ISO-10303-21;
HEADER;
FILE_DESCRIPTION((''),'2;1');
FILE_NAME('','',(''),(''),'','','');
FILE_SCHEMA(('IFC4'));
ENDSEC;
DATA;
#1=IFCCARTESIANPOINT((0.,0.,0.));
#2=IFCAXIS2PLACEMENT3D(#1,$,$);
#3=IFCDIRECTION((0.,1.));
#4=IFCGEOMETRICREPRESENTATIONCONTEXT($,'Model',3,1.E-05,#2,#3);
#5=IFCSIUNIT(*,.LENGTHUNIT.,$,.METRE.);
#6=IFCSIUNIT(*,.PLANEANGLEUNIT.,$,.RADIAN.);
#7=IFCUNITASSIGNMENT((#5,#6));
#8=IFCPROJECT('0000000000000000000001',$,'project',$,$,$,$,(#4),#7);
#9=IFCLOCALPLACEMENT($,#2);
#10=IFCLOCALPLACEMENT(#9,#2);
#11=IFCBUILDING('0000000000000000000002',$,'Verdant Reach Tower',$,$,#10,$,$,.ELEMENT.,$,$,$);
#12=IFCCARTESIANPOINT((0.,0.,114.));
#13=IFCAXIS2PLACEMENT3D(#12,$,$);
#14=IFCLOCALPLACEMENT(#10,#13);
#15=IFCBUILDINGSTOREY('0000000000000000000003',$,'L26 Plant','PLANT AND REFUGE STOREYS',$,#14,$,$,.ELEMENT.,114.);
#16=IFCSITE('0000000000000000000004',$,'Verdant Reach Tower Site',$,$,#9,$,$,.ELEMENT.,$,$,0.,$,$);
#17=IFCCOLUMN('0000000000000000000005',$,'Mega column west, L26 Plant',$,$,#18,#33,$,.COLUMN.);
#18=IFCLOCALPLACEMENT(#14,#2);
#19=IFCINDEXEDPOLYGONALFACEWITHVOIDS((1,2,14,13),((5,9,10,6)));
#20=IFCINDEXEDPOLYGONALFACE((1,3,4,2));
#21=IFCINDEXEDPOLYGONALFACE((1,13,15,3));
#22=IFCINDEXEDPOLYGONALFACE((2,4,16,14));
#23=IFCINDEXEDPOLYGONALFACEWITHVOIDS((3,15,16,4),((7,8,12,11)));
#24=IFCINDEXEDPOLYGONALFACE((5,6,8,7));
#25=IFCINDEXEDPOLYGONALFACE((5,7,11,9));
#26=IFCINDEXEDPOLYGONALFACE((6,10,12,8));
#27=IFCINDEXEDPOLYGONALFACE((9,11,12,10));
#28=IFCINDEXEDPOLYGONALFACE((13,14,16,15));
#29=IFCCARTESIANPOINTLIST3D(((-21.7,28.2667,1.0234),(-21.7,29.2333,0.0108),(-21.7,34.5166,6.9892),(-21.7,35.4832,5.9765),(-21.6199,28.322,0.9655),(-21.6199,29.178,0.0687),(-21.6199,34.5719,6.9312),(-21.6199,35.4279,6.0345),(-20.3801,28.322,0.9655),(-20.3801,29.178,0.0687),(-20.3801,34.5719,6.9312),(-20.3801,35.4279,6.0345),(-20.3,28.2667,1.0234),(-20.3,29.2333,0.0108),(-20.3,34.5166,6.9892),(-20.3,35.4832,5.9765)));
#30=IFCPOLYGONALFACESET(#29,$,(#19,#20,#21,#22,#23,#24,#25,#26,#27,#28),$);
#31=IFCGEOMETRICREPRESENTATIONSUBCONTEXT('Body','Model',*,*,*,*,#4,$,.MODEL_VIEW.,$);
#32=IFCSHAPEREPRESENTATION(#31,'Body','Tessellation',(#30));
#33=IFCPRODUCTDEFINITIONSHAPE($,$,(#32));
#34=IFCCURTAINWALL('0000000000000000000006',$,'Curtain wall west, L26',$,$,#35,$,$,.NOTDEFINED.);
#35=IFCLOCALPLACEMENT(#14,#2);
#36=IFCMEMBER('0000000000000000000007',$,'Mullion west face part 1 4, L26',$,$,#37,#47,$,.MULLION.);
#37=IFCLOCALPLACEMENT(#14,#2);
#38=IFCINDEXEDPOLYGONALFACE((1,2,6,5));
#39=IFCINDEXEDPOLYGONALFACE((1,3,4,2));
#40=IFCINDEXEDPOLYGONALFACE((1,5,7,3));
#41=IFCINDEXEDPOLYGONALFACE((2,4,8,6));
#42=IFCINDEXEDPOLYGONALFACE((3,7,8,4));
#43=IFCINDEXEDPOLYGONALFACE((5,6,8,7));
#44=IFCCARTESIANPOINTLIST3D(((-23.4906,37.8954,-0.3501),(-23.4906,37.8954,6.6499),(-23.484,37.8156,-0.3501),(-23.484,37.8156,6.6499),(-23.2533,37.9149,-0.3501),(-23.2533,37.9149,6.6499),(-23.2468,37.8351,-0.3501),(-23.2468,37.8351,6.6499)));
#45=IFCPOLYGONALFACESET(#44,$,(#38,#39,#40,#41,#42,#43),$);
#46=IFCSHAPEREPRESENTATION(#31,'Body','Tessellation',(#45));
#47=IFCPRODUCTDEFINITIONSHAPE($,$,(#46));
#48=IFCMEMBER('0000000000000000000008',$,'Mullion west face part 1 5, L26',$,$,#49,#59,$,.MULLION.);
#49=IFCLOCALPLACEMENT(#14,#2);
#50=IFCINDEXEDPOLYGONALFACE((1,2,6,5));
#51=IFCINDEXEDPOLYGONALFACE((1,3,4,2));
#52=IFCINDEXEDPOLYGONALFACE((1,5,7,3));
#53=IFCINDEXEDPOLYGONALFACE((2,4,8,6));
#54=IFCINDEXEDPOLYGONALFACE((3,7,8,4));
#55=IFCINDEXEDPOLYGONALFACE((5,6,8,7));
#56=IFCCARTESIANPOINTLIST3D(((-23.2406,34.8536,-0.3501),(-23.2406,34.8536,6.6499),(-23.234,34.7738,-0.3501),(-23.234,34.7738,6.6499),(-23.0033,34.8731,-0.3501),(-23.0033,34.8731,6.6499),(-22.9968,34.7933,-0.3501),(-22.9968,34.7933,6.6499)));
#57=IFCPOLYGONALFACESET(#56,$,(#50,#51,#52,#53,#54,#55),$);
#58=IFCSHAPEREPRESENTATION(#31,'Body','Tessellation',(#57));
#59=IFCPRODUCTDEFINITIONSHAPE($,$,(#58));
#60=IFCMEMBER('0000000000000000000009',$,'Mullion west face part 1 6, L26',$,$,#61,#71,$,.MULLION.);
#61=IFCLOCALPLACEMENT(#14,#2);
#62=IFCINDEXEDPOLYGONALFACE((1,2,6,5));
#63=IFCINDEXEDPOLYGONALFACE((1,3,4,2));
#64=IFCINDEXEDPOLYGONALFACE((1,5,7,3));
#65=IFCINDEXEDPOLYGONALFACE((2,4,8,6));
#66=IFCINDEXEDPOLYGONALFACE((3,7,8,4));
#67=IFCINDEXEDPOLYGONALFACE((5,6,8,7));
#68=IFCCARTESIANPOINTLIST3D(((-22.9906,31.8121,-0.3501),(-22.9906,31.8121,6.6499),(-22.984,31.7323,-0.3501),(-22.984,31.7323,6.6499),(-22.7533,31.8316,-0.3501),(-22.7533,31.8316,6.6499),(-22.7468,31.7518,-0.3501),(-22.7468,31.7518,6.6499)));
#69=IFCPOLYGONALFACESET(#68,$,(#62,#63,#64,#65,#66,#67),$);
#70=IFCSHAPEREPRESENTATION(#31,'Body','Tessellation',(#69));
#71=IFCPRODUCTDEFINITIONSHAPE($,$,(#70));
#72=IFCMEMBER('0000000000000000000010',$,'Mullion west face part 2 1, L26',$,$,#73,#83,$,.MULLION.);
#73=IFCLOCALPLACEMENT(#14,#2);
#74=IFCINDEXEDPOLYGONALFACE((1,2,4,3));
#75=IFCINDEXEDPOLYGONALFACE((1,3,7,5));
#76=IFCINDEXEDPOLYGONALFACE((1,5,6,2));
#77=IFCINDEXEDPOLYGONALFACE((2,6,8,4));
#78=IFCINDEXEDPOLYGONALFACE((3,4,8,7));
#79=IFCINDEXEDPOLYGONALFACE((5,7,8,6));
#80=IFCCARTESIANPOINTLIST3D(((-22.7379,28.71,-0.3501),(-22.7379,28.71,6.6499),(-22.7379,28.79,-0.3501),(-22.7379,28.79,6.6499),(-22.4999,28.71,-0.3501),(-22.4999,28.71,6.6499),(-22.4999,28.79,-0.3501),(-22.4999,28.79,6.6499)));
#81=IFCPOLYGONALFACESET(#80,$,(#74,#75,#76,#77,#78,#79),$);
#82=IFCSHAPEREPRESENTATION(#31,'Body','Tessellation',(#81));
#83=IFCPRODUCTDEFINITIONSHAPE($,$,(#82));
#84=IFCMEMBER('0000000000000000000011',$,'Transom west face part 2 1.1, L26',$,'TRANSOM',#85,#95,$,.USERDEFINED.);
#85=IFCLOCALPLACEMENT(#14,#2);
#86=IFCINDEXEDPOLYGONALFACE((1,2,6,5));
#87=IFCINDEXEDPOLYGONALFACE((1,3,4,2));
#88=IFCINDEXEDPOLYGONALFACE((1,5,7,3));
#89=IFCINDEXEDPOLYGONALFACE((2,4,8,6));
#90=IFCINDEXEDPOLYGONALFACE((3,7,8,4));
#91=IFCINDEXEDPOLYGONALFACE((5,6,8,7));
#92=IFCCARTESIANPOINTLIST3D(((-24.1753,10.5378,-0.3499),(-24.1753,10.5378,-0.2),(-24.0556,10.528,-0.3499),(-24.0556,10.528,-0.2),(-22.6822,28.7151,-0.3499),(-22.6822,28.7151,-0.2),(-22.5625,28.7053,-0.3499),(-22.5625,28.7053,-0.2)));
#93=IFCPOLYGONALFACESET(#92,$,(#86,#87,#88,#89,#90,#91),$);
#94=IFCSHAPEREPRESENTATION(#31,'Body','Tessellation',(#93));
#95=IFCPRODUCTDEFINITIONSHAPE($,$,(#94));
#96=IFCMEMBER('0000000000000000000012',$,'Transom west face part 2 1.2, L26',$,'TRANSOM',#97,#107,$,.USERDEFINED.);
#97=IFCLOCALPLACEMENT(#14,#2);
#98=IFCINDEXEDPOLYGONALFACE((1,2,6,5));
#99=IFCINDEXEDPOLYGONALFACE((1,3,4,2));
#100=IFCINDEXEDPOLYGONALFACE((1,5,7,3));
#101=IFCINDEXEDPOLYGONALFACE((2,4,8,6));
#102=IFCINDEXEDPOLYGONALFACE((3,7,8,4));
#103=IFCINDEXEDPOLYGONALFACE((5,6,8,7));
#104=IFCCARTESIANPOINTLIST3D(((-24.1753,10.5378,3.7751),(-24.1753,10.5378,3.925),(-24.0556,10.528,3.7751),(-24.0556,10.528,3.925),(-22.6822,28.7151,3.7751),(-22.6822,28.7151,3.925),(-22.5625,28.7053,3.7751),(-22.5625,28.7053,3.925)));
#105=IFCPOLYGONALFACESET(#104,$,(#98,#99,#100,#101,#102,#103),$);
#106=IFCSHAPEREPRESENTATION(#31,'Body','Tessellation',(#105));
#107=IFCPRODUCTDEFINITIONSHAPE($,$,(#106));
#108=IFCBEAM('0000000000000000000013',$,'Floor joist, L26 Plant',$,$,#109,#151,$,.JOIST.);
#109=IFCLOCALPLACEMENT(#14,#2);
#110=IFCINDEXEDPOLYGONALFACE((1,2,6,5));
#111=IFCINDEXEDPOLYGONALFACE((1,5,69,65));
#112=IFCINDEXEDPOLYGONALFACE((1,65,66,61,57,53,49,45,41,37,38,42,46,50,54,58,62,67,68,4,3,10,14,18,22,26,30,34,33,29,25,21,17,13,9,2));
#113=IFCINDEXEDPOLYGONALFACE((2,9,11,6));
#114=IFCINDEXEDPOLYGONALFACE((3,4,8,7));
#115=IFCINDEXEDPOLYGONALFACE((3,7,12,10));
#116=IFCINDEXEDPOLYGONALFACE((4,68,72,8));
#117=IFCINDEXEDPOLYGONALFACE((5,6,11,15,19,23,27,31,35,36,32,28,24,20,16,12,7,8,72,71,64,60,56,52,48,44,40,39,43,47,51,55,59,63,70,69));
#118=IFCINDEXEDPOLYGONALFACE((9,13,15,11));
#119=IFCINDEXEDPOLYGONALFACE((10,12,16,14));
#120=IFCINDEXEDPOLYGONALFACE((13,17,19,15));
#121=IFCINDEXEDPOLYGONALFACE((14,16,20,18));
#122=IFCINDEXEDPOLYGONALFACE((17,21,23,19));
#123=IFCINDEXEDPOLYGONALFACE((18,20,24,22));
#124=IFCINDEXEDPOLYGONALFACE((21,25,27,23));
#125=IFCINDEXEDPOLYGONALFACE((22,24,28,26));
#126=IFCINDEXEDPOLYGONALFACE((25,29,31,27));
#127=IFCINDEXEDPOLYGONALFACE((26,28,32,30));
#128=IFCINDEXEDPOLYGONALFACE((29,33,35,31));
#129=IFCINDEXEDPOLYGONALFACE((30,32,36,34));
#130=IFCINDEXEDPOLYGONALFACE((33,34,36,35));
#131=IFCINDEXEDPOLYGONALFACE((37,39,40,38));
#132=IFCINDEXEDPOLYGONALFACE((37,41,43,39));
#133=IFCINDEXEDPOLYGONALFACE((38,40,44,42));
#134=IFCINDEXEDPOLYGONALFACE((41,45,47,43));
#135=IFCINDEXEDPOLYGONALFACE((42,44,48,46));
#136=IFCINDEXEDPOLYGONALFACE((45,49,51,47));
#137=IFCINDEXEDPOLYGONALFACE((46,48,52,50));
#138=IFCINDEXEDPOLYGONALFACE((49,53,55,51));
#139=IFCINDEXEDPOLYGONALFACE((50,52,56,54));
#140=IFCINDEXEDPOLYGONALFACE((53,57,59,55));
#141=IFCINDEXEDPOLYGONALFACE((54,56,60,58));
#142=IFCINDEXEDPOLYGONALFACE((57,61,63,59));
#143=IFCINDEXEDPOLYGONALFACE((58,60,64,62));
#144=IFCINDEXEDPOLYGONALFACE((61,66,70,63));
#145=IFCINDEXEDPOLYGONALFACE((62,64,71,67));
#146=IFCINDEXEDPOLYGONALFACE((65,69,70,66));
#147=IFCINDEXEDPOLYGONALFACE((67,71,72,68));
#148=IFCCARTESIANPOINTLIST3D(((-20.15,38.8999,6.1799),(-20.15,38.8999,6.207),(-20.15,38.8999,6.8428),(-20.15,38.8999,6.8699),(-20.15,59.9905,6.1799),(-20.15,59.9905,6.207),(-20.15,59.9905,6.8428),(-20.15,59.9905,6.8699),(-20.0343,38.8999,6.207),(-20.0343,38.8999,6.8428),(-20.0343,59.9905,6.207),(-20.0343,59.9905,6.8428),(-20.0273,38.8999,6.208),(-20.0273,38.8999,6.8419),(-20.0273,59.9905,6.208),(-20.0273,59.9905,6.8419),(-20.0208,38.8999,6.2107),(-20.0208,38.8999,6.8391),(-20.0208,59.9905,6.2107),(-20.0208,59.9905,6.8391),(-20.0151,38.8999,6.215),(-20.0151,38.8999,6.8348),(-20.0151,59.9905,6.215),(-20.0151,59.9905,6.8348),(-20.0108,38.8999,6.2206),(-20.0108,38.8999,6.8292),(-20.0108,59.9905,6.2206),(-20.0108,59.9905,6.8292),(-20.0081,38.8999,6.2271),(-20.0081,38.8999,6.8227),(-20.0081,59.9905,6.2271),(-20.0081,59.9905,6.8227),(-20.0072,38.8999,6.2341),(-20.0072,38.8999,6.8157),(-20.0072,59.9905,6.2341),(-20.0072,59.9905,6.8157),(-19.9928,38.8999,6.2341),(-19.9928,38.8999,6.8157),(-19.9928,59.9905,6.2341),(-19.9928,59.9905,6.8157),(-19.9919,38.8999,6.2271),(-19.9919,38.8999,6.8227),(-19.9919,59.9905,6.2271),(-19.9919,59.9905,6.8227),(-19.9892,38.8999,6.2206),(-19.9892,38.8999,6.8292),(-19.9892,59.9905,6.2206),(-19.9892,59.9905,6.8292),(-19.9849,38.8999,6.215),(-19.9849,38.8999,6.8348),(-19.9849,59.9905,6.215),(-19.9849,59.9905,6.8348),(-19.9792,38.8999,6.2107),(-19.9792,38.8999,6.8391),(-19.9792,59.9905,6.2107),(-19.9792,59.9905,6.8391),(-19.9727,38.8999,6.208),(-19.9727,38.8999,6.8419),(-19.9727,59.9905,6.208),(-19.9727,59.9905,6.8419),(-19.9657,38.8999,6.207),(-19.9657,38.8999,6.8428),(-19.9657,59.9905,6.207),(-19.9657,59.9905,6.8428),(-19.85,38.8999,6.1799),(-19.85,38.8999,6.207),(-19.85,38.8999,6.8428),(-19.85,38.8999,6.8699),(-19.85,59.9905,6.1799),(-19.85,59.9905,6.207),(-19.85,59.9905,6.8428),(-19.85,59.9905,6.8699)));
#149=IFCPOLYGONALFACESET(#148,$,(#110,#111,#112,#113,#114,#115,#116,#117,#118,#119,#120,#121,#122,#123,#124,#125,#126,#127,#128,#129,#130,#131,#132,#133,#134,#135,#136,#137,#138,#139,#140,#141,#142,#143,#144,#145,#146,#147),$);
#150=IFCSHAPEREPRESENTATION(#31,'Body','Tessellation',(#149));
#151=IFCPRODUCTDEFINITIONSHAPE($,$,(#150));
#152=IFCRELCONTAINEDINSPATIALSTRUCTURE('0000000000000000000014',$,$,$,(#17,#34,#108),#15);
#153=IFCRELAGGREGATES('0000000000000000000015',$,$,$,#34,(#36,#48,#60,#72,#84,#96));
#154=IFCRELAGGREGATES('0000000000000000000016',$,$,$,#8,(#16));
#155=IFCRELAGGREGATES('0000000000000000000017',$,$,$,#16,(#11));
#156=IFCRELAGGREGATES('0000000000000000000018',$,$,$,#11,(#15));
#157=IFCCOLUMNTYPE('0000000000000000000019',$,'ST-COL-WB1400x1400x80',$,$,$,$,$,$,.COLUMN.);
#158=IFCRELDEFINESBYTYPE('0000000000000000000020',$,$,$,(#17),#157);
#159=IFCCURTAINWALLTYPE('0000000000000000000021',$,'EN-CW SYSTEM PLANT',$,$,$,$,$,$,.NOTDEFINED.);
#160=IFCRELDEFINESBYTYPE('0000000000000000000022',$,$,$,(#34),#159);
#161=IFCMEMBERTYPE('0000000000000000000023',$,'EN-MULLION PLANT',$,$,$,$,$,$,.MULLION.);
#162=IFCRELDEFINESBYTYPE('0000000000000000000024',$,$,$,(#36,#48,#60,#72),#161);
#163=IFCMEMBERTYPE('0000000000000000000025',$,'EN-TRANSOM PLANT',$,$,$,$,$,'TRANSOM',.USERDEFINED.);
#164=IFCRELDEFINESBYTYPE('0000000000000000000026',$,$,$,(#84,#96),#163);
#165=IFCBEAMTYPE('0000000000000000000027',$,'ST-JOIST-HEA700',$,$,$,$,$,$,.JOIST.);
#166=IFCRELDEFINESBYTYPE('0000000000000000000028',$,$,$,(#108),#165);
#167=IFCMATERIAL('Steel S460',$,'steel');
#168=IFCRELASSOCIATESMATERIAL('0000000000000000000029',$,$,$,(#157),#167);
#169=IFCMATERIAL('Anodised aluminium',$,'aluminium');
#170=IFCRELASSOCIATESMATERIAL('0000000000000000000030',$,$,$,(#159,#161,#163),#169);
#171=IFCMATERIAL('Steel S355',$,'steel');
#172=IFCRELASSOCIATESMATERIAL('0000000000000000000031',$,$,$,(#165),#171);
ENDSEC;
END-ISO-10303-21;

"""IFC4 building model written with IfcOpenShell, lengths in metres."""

from ifc_helpers import new_model, si_unit, direction, frame, origin, origin_2d, place, context, subcontext, project, spatial, rectangle, hollow_rectangle, i_section, extrude, material, material_profile, profile_set, type_object, element, aggregate, save


model = new_model("IFC4")

# Units and contexts
model_context = context("Model", 3, precision=1e-05, world=origin(), true_north=direction((0.0, 1.0)))
body_context = subcontext(model_context, "Body", "Model", "MODEL_VIEW")
ifc_project = project(units=[si_unit("LENGTHUNIT", "METRE"), si_unit("PLANEANGLEUNIT", "RADIAN")], contexts=[model_context])

# Site, building, storey
site_placement = place(None, origin())
site = spatial("IfcSite", under=ifc_project, at=site_placement, Name="Verdant Reach Tower Site", CompositionType="ELEMENT", RefElevation=0.0)
building_placement = place(site_placement, origin())
building = spatial("IfcBuilding", under=site, at=building_placement, Name="Verdant Reach Tower", CompositionType="ELEMENT")
storey_placement = place(building_placement, frame((0.0, 0.0, 114.0)))
storey = spatial("IfcBuildingStorey", under=building, at=storey_placement, Name="L26 Plant", Description="PLANT AND REFUGE STOREYS", CompositionType="ELEMENT", Elevation=114.0)

# Column
ifc_material_1 = material(Name="Steel S460", Category="steel")
ifc_material_profile_1 = material_profile(ifc_material_1, hollow_rectangle(XDim=1.3999, YDim=1.3999, WallThickness=0.0801, at=origin_2d()), Name="WB 1400x1400x80")
ifc_profile_set_1 = profile_set([ifc_material_profile_1], Name="Steel S460")
column_type = type_object("IfcColumnType", Name="ST-COL-WB1400x1400x80", PredefinedType="COLUMN", material=ifc_profile_set_1)
column_placement = place(storey_placement, frame((-21.0, 28.75, 0.5171), z_axis=(0.0, 0.723361, 0.69047), x_axis=(-1.0, 0.0, 0.0)))
element("IfcColumn", 1, at=column_placement, inside=storey, type_object=column_type, Name="Mega column west, L26 Plant", PredefinedType="COLUMN", context=body_context, shape_type="SweptSolid", body=[
    extrude(hollow_rectangle(XDim=1.3999, YDim=1.3999, WallThickness=0.0801, at=origin_2d()), origin(), (0.0, 0.0, 1.0), 8.6401),
])

# Curtain wall, members
ifc_material_2 = material(Name="Anodised aluminium", Category="aluminium")
curtain_wall_type = type_object("IfcCurtainWallType", Name="EN-CW SYSTEM PLANT", PredefinedType="NOTDEFINED", material=ifc_material_2)
curtain_wall_placement = place(storey_placement, origin())
curtain_wall = element("IfcCurtainWall", 2, at=curtain_wall_placement, inside=storey, type_object=curtain_wall_type, Name="Curtain wall west, L26", PredefinedType="NOTDEFINED")
ifc_material_profile_2 = material_profile(ifc_material_2, rectangle(XDim=0.238, YDim=0.0801, at=origin_2d()), Name="Mullion 80x240")
ifc_profile_set_2 = profile_set([ifc_material_profile_2], Name="Anodised aluminium")
member_type_1 = type_object("IfcMemberType", Name="EN-MULLION PLANT", PredefinedType="MULLION", material=ifc_profile_set_2)
member_1_placement = place(storey_placement, frame((-23.3687, 37.8652, -0.3501), z_axis=(0.0, 0.0, 1.0), x_axis=(-0.996639, -0.081916, 0.0)))
member_1 = element("IfcMember", 3, at=member_1_placement, type_object=member_type_1, Name="Mullion west face part 1 4, L26", PredefinedType="MULLION", context=body_context, shape_type="SweptSolid", body=[
    extrude(rectangle(XDim=0.238, YDim=0.0801, at=origin_2d()), origin(), (0.0, 0.0, 1.0), 7.0),
])
member_2_placement = place(storey_placement, frame((-23.1187, 34.8235, -0.3501), z_axis=(0.0, 0.0, 1.0), x_axis=(-0.996639, -0.081916, 0.0)))
member_2 = element("IfcMember", 4, at=member_2_placement, type_object=member_type_1, Name="Mullion west face part 1 5, L26", PredefinedType="MULLION", context=body_context, shape_type="SweptSolid", body=[
    extrude(rectangle(XDim=0.238, YDim=0.0801, at=origin_2d()), origin(), (0.0, 0.0, 1.0), 7.0),
])
member_3_placement = place(storey_placement, frame((-22.8687, 31.782, -0.3501), z_axis=(0.0, 0.0, 1.0), x_axis=(-0.996639, -0.081916, 0.0)))
member_3 = element("IfcMember", 5, at=member_3_placement, type_object=member_type_1, Name="Mullion west face part 1 6, L26", PredefinedType="MULLION", context=body_context, shape_type="SweptSolid", body=[
    extrude(rectangle(XDim=0.238, YDim=0.0801, at=origin_2d()), origin(), (0.0, 0.0, 1.0), 7.0),
])
member_4_placement = place(storey_placement, frame((-22.6189, 28.75, -0.3501), z_axis=(0.0, 0.0, 1.0), x_axis=(-1.0, 0.0, 0.0)))
member_4 = element("IfcMember", 6, at=member_4_placement, type_object=member_type_1, Name="Mullion west face part 2 1, L26", PredefinedType="MULLION", context=body_context, shape_type="SweptSolid", body=[
    extrude(rectangle(XDim=0.238, YDim=0.0801, at=origin_2d()), origin(), (0.0, 0.0, 1.0), 7.0),
])
ifc_material_profile_3 = material_profile(ifc_material_2, rectangle(XDim=0.1201, YDim=0.1499, at=origin_2d()), Name="Transom 150x120")
ifc_profile_set_3 = profile_set([ifc_material_profile_3], Name="Anodised aluminium")
member_type_2 = type_object("IfcMemberType", Name="EN-TRANSOM PLANT", ElementType="TRANSOM", PredefinedType="USERDEFINED", material=ifc_profile_set_3)
member_5_placement = place(storey_placement, frame((-22.6223, 28.7102, -0.2749), z_axis=(-0.081869, -0.996643, 0.0), x_axis=(0.996643, -0.081869, 0.0)))
member_5 = element("IfcMember", 7, at=member_5_placement, type_object=member_type_2, Name="Transom west face part 2 1.1, L26", ObjectType="TRANSOM", PredefinedType="USERDEFINED", context=body_context, shape_type="SweptSolid", body=[
    extrude(rectangle(XDim=0.1201, YDim=0.1499, at=origin_2d()), origin(), (0.0, 0.0, 1.0), 18.2385),
])
member_6_placement = place(storey_placement, frame((-22.6223, 28.7102, 3.8501), z_axis=(-0.081869, -0.996643, 0.0), x_axis=(0.996643, -0.081869, 0.0)))
member_6 = element("IfcMember", 8, at=member_6_placement, type_object=member_type_2, Name="Transom west face part 2 1.2, L26", ObjectType="TRANSOM", PredefinedType="USERDEFINED", context=body_context, shape_type="SweptSolid", body=[
    extrude(rectangle(XDim=0.1201, YDim=0.1499, at=origin_2d()), origin(), (0.0, 0.0, 1.0), 18.2385),
])

# Beam
ifc_material_3 = material(Name="Steel S355", Category="steel")
ifc_material_profile_4 = material_profile(ifc_material_3, i_section(OverallWidth=0.3, OverallDepth=0.6899, WebThickness=0.0144, FlangeThickness=0.0271, FilletRadius=0.0271, at=origin_2d()), Name="HEA 700")
ifc_profile_set_4 = profile_set([ifc_material_profile_4], Name="Steel S355")
beam_type_1 = type_object("IfcBeamType", Name="ST-JOIST-HEA700", PredefinedType="JOIST", material=ifc_profile_set_4)
beam_1_placement = place(storey_placement, frame((-20.0, 38.8999, 6.5249), z_axis=(0.0, 1.0, 0.0), x_axis=(-1.0, 0.0, 0.0)))
element("IfcBeam", 9, at=beam_1_placement, inside=storey, type_object=beam_type_1, Name="Floor joist, L26 Plant", PredefinedType="JOIST", context=body_context, shape_type="SweptSolid", body=[
    extrude(i_section(OverallWidth=0.3, OverallDepth=0.6899, WebThickness=0.0144, FlangeThickness=0.0271, FilletRadius=0.0271, at=origin_2d()), origin(), (0.0, 0.0, 1.0), 21.0906),
])

aggregate(curtain_wall, [member_1, member_2, member_3, member_4, member_5, member_6])

save(model, "model.ifc")
